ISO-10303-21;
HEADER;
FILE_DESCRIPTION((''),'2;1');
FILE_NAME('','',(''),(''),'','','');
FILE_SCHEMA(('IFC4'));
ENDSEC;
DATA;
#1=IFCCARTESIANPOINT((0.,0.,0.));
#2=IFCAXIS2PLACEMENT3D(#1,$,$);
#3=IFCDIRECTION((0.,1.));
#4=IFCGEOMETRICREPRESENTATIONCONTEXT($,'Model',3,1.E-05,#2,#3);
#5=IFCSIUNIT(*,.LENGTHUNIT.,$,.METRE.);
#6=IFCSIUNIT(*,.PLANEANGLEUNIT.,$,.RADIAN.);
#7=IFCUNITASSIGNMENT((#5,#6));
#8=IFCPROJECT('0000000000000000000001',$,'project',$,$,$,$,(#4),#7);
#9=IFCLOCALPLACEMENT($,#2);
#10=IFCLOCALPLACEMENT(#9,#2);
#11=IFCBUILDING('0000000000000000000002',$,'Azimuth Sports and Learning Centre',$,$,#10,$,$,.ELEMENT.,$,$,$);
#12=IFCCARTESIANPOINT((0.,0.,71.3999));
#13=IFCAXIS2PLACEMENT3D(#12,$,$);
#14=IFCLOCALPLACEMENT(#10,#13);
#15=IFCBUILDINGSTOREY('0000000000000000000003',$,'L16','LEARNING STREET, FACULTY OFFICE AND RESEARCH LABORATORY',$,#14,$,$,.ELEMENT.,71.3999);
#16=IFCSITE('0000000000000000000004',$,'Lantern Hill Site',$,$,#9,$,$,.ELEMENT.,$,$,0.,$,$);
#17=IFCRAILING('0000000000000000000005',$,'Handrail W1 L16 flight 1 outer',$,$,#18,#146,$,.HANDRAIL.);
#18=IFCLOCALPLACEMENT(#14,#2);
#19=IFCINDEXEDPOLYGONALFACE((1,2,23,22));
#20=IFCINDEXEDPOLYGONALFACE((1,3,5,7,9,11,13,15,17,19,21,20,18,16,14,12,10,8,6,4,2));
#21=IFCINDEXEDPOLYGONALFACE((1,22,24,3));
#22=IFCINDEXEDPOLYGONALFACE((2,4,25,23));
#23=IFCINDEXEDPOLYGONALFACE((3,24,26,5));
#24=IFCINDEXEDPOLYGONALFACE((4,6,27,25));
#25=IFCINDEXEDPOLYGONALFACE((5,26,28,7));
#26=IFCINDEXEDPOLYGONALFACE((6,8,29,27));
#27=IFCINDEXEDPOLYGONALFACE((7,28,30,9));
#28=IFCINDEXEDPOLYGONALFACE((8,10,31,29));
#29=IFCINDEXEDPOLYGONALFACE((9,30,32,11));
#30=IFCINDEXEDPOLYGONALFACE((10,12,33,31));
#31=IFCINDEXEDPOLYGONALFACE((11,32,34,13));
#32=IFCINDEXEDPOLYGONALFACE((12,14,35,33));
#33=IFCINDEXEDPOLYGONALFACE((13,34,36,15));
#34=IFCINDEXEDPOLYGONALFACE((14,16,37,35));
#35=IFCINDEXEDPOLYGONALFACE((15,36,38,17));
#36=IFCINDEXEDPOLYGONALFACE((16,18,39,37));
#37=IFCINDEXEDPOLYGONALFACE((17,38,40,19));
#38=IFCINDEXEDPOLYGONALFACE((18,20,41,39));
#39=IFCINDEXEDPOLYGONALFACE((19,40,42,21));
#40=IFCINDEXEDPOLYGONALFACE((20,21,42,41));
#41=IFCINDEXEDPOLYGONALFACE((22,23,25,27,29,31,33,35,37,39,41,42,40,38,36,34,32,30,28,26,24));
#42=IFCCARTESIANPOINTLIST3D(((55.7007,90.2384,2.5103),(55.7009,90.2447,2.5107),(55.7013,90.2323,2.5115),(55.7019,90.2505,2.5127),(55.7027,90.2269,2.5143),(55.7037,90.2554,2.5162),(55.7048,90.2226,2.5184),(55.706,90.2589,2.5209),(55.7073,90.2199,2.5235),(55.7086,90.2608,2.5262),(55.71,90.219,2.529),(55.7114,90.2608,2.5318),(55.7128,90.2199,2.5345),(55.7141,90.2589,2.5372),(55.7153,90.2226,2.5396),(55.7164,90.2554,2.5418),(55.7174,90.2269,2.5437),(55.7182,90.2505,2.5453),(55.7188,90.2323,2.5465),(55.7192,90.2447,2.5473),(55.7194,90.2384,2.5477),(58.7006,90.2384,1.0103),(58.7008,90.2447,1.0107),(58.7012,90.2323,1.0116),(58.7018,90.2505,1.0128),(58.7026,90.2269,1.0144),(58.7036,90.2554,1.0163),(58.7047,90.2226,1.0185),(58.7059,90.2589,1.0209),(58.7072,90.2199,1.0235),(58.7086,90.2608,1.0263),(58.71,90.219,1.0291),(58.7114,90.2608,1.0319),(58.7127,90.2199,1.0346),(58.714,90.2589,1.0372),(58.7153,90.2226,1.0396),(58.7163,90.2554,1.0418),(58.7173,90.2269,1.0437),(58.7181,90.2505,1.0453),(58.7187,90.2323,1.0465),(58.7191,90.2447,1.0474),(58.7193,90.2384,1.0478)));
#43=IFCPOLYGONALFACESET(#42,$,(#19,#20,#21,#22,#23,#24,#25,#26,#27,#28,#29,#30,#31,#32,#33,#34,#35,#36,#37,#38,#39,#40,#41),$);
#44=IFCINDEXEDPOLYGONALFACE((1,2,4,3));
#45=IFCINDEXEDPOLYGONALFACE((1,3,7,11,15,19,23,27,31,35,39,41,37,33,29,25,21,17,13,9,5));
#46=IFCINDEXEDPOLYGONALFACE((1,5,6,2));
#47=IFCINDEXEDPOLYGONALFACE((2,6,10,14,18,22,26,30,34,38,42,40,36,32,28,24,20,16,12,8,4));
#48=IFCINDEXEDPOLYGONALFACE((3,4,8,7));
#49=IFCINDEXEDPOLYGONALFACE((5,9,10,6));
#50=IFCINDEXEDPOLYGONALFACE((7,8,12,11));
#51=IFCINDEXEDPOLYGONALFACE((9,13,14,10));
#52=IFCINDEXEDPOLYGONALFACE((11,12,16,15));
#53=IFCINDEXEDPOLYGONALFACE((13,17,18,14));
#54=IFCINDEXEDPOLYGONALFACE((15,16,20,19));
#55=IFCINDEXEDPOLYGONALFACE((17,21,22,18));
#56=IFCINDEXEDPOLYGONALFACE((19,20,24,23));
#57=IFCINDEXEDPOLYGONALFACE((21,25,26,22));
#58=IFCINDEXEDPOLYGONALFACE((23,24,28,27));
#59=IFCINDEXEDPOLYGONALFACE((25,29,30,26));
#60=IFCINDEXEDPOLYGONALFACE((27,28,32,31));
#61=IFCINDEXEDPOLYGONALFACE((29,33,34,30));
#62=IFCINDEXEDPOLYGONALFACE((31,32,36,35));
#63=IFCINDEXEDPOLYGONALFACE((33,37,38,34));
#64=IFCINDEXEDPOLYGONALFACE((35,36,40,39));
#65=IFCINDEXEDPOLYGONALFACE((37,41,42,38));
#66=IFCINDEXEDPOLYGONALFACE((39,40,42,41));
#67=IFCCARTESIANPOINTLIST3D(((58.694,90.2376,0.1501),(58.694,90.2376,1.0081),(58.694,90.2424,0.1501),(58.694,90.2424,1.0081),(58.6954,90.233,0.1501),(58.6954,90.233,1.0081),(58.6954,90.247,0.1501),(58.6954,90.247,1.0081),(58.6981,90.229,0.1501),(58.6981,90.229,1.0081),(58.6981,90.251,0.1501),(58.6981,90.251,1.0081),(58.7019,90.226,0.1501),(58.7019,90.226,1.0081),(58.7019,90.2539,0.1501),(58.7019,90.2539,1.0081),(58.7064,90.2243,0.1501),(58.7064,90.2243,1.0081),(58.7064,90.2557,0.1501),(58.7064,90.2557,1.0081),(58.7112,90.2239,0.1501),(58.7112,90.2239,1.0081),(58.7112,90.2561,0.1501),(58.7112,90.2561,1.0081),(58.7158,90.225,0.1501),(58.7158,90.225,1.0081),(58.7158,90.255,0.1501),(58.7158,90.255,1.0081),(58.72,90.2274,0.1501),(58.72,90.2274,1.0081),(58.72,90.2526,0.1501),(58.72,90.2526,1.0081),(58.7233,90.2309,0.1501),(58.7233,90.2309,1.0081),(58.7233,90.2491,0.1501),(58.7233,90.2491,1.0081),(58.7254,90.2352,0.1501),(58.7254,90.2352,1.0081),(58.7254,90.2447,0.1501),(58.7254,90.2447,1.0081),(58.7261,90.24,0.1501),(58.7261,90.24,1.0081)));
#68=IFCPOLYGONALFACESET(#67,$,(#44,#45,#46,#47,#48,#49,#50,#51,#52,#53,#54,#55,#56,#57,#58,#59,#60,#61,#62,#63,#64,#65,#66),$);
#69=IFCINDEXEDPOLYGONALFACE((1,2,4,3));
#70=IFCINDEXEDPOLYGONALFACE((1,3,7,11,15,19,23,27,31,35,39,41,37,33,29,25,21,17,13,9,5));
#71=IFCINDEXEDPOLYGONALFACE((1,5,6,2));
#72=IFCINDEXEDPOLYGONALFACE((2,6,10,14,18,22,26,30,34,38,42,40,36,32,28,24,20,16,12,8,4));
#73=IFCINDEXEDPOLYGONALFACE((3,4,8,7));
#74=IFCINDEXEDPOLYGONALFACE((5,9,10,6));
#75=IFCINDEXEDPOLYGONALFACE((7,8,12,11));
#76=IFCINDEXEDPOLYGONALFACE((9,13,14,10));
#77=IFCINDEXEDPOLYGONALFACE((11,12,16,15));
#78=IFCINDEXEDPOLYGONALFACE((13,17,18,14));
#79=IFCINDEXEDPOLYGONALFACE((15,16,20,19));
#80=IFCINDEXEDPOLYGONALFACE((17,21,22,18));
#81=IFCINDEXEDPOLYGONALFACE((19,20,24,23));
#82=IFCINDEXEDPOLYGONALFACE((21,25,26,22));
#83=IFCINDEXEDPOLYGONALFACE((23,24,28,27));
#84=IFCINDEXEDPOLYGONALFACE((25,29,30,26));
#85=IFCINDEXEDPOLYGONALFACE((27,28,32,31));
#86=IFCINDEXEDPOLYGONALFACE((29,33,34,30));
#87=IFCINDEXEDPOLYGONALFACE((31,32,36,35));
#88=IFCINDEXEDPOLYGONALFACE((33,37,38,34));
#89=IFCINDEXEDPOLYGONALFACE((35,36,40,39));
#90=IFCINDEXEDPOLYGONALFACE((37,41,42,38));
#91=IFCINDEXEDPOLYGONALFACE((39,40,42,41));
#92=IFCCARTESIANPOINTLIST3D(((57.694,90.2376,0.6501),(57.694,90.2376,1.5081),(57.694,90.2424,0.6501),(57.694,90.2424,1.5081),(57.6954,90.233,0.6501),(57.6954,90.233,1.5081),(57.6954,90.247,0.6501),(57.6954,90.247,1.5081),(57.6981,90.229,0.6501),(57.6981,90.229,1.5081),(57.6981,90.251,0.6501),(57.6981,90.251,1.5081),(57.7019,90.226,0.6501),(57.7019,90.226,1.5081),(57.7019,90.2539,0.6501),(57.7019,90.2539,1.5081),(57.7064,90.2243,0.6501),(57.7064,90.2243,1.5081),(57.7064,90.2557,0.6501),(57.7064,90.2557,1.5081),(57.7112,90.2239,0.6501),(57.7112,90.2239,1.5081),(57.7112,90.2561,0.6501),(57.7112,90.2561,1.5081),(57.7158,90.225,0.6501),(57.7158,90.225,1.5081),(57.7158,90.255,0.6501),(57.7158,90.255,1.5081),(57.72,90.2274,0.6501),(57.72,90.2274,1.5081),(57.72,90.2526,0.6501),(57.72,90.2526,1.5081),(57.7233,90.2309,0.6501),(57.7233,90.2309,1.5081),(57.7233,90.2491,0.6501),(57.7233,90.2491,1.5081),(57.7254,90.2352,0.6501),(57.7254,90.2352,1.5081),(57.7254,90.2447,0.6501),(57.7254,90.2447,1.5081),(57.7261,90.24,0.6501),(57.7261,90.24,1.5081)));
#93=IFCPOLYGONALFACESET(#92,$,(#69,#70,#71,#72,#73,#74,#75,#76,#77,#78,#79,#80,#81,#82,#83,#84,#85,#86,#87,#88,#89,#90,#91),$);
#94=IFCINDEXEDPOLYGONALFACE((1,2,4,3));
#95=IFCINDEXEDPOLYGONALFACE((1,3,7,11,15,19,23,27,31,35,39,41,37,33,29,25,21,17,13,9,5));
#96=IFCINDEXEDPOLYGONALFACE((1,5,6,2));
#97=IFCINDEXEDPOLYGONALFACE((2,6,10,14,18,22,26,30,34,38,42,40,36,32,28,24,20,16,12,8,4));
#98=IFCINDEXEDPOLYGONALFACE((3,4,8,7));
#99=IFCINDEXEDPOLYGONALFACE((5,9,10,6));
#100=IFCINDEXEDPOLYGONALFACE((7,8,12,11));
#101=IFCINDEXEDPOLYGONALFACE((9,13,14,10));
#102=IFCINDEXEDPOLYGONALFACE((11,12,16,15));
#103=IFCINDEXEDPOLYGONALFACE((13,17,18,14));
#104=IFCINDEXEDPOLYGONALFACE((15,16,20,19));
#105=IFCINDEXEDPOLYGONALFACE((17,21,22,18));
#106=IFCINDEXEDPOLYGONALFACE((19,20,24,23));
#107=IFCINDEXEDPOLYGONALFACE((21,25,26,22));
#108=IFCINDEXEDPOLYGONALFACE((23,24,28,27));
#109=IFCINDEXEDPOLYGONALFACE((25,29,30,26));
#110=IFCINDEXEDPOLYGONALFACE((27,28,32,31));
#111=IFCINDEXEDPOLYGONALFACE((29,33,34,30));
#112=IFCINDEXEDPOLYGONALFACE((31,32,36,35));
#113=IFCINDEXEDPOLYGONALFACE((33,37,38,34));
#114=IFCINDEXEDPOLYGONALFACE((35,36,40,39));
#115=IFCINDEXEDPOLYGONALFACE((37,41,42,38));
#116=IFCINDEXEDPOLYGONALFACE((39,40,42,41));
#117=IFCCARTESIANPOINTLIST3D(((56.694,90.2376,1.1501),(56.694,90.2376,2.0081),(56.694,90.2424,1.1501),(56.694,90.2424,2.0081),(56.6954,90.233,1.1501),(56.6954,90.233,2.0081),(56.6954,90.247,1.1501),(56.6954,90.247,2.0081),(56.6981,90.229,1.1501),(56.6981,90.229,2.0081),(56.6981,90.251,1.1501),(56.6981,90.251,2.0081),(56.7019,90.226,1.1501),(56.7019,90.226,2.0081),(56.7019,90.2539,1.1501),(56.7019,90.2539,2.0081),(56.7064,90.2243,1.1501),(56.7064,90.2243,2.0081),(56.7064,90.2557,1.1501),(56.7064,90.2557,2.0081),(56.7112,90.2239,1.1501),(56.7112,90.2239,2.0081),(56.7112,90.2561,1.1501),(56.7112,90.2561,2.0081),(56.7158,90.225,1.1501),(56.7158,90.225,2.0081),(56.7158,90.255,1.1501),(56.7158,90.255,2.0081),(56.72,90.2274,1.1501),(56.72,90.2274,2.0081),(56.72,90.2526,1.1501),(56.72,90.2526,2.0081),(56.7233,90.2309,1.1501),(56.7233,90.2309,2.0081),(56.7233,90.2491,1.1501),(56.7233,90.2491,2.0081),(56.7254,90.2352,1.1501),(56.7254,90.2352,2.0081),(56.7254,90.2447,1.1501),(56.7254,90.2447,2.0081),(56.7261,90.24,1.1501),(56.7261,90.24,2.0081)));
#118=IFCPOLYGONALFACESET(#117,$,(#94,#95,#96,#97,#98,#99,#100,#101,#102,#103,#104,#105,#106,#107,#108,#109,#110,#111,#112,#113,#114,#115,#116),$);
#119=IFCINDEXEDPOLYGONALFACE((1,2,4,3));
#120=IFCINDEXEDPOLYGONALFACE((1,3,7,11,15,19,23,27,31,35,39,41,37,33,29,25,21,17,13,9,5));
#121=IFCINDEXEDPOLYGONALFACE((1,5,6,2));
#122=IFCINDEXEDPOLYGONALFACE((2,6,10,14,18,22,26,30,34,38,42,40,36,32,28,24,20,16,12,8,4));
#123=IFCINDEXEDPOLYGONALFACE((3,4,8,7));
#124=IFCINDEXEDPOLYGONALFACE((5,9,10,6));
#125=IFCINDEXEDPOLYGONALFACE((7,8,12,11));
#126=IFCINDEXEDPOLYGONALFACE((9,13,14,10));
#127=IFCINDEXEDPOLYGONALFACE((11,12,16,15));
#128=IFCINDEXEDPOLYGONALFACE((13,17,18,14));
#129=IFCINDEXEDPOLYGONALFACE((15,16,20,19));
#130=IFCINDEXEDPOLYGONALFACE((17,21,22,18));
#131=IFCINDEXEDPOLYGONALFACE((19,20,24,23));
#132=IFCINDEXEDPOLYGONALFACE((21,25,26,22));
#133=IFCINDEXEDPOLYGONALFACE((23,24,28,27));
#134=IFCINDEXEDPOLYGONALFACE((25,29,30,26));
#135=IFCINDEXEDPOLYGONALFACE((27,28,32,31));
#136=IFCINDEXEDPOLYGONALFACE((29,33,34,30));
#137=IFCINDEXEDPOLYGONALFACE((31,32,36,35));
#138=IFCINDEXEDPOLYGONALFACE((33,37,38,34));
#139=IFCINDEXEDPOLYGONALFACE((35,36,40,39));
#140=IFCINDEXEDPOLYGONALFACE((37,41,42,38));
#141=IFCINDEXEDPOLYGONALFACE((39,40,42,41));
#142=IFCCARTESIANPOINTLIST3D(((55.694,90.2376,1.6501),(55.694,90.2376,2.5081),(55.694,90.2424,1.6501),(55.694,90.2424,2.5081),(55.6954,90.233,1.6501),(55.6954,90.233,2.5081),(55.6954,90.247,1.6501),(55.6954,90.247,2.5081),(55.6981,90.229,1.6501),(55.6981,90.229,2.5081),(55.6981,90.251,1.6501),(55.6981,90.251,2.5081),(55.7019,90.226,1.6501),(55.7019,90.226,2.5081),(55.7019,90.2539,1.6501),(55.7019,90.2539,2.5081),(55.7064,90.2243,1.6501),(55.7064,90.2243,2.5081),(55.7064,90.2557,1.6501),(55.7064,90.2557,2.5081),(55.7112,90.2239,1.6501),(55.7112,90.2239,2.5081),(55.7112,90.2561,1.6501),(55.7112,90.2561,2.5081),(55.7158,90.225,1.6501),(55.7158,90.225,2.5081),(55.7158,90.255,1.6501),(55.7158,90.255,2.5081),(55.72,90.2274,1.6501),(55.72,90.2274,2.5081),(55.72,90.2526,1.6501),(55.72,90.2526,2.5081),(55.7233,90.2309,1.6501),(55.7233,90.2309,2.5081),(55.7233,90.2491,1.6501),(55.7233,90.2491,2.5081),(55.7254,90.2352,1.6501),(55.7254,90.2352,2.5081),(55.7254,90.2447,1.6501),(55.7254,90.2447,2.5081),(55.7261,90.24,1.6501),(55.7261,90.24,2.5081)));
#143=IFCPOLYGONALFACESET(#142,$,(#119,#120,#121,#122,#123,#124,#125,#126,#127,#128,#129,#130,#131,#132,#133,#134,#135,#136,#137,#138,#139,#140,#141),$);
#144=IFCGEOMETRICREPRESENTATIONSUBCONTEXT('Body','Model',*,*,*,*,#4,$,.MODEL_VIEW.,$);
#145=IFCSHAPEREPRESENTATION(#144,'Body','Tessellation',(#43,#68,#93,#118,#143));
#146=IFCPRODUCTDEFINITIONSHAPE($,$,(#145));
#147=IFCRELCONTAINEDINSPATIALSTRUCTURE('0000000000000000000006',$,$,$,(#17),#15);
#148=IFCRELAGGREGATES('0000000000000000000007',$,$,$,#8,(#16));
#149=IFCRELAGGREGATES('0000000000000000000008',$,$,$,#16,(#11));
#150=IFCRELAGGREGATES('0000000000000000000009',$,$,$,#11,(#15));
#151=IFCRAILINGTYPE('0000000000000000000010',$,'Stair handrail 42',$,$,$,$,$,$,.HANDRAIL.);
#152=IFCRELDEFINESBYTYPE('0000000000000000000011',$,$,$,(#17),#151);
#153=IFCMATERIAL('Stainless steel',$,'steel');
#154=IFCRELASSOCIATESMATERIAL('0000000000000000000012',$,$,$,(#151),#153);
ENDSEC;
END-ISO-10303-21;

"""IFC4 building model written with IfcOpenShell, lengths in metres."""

from ifc_helpers import new_model, si_unit, direction, frame, origin, origin_2d, place, context, subcontext, project, spatial, circle, extrude, material, type_object, element, save


model = new_model("IFC4")

# Units and contexts
model_context = context("Model", 3, precision=1e-05, world=origin(), true_north=direction((0.0, 1.0)))
body_context = subcontext(model_context, "Body", "Model", "MODEL_VIEW")
ifc_project = project(units=[si_unit("LENGTHUNIT", "METRE"), si_unit("PLANEANGLEUNIT", "RADIAN")], contexts=[model_context])

# Site, building, storey
site_placement = place(None, origin())
site = spatial("IfcSite", under=ifc_project, at=site_placement, Name="Lantern Hill Site", CompositionType="ELEMENT", RefElevation=0.0)
building_placement = place(site_placement, origin())
building = spatial("IfcBuilding", under=site, at=building_placement, Name="Azimuth Sports and Learning Centre", CompositionType="ELEMENT")
storey_placement = place(building_placement, frame((0.0, 0.0, 71.3999)))
storey = spatial("IfcBuildingStorey", under=building, at=storey_placement, Name="L16", Description="LEARNING STREET, FACULTY OFFICE AND RESEARCH LABORATORY", CompositionType="ELEMENT", Elevation=71.3999)

# Railing
ifc_material_1 = material(Name="Stainless steel", Category="steel")
railing_type_1 = type_object("IfcRailingType", Name="Stair handrail 42", PredefinedType="HANDRAIL", material=ifc_material_1)
for number, where, name in (
    (1, (58.71, 90.24, 0.1501), "Handrail W1 L16 flight 1 outer"),
):
    element("IfcRailing", number, at=place(storey_placement, frame(where)), inside=storey, type_object=railing_type_1, Name=name, PredefinedType="HANDRAIL", context=body_context, shape_type="SweptSolid", body=[
        extrude(circle(Radius=0.021, at=origin_2d()), frame((0.0, 0.0, 0.8789), z_axis=(-0.894427, 0.0, 0.447214), x_axis=(0.0, -1.0, 0.0)), (0.0, 0.0, 1.0), 3.354),
        extrude(circle(Radius=0.0161, at=origin_2d()), origin(), (0.0, 0.0, 1.0), 0.8579),
        extrude(circle(Radius=0.0161, at=origin_2d()), frame((-1.0, 0.0, 0.5)), (0.0, 0.0, 1.0), 0.8579),
        extrude(circle(Radius=0.0161, at=origin_2d()), frame((-2.0, 0.0, 1.0)), (0.0, 0.0, 1.0), 0.8579),
        extrude(circle(Radius=0.0161, at=origin_2d()), frame((-3.0, 0.0, 1.5)), (0.0, 0.0, 1.0), 0.8579),
    ])

save(model, "model.ifc")
